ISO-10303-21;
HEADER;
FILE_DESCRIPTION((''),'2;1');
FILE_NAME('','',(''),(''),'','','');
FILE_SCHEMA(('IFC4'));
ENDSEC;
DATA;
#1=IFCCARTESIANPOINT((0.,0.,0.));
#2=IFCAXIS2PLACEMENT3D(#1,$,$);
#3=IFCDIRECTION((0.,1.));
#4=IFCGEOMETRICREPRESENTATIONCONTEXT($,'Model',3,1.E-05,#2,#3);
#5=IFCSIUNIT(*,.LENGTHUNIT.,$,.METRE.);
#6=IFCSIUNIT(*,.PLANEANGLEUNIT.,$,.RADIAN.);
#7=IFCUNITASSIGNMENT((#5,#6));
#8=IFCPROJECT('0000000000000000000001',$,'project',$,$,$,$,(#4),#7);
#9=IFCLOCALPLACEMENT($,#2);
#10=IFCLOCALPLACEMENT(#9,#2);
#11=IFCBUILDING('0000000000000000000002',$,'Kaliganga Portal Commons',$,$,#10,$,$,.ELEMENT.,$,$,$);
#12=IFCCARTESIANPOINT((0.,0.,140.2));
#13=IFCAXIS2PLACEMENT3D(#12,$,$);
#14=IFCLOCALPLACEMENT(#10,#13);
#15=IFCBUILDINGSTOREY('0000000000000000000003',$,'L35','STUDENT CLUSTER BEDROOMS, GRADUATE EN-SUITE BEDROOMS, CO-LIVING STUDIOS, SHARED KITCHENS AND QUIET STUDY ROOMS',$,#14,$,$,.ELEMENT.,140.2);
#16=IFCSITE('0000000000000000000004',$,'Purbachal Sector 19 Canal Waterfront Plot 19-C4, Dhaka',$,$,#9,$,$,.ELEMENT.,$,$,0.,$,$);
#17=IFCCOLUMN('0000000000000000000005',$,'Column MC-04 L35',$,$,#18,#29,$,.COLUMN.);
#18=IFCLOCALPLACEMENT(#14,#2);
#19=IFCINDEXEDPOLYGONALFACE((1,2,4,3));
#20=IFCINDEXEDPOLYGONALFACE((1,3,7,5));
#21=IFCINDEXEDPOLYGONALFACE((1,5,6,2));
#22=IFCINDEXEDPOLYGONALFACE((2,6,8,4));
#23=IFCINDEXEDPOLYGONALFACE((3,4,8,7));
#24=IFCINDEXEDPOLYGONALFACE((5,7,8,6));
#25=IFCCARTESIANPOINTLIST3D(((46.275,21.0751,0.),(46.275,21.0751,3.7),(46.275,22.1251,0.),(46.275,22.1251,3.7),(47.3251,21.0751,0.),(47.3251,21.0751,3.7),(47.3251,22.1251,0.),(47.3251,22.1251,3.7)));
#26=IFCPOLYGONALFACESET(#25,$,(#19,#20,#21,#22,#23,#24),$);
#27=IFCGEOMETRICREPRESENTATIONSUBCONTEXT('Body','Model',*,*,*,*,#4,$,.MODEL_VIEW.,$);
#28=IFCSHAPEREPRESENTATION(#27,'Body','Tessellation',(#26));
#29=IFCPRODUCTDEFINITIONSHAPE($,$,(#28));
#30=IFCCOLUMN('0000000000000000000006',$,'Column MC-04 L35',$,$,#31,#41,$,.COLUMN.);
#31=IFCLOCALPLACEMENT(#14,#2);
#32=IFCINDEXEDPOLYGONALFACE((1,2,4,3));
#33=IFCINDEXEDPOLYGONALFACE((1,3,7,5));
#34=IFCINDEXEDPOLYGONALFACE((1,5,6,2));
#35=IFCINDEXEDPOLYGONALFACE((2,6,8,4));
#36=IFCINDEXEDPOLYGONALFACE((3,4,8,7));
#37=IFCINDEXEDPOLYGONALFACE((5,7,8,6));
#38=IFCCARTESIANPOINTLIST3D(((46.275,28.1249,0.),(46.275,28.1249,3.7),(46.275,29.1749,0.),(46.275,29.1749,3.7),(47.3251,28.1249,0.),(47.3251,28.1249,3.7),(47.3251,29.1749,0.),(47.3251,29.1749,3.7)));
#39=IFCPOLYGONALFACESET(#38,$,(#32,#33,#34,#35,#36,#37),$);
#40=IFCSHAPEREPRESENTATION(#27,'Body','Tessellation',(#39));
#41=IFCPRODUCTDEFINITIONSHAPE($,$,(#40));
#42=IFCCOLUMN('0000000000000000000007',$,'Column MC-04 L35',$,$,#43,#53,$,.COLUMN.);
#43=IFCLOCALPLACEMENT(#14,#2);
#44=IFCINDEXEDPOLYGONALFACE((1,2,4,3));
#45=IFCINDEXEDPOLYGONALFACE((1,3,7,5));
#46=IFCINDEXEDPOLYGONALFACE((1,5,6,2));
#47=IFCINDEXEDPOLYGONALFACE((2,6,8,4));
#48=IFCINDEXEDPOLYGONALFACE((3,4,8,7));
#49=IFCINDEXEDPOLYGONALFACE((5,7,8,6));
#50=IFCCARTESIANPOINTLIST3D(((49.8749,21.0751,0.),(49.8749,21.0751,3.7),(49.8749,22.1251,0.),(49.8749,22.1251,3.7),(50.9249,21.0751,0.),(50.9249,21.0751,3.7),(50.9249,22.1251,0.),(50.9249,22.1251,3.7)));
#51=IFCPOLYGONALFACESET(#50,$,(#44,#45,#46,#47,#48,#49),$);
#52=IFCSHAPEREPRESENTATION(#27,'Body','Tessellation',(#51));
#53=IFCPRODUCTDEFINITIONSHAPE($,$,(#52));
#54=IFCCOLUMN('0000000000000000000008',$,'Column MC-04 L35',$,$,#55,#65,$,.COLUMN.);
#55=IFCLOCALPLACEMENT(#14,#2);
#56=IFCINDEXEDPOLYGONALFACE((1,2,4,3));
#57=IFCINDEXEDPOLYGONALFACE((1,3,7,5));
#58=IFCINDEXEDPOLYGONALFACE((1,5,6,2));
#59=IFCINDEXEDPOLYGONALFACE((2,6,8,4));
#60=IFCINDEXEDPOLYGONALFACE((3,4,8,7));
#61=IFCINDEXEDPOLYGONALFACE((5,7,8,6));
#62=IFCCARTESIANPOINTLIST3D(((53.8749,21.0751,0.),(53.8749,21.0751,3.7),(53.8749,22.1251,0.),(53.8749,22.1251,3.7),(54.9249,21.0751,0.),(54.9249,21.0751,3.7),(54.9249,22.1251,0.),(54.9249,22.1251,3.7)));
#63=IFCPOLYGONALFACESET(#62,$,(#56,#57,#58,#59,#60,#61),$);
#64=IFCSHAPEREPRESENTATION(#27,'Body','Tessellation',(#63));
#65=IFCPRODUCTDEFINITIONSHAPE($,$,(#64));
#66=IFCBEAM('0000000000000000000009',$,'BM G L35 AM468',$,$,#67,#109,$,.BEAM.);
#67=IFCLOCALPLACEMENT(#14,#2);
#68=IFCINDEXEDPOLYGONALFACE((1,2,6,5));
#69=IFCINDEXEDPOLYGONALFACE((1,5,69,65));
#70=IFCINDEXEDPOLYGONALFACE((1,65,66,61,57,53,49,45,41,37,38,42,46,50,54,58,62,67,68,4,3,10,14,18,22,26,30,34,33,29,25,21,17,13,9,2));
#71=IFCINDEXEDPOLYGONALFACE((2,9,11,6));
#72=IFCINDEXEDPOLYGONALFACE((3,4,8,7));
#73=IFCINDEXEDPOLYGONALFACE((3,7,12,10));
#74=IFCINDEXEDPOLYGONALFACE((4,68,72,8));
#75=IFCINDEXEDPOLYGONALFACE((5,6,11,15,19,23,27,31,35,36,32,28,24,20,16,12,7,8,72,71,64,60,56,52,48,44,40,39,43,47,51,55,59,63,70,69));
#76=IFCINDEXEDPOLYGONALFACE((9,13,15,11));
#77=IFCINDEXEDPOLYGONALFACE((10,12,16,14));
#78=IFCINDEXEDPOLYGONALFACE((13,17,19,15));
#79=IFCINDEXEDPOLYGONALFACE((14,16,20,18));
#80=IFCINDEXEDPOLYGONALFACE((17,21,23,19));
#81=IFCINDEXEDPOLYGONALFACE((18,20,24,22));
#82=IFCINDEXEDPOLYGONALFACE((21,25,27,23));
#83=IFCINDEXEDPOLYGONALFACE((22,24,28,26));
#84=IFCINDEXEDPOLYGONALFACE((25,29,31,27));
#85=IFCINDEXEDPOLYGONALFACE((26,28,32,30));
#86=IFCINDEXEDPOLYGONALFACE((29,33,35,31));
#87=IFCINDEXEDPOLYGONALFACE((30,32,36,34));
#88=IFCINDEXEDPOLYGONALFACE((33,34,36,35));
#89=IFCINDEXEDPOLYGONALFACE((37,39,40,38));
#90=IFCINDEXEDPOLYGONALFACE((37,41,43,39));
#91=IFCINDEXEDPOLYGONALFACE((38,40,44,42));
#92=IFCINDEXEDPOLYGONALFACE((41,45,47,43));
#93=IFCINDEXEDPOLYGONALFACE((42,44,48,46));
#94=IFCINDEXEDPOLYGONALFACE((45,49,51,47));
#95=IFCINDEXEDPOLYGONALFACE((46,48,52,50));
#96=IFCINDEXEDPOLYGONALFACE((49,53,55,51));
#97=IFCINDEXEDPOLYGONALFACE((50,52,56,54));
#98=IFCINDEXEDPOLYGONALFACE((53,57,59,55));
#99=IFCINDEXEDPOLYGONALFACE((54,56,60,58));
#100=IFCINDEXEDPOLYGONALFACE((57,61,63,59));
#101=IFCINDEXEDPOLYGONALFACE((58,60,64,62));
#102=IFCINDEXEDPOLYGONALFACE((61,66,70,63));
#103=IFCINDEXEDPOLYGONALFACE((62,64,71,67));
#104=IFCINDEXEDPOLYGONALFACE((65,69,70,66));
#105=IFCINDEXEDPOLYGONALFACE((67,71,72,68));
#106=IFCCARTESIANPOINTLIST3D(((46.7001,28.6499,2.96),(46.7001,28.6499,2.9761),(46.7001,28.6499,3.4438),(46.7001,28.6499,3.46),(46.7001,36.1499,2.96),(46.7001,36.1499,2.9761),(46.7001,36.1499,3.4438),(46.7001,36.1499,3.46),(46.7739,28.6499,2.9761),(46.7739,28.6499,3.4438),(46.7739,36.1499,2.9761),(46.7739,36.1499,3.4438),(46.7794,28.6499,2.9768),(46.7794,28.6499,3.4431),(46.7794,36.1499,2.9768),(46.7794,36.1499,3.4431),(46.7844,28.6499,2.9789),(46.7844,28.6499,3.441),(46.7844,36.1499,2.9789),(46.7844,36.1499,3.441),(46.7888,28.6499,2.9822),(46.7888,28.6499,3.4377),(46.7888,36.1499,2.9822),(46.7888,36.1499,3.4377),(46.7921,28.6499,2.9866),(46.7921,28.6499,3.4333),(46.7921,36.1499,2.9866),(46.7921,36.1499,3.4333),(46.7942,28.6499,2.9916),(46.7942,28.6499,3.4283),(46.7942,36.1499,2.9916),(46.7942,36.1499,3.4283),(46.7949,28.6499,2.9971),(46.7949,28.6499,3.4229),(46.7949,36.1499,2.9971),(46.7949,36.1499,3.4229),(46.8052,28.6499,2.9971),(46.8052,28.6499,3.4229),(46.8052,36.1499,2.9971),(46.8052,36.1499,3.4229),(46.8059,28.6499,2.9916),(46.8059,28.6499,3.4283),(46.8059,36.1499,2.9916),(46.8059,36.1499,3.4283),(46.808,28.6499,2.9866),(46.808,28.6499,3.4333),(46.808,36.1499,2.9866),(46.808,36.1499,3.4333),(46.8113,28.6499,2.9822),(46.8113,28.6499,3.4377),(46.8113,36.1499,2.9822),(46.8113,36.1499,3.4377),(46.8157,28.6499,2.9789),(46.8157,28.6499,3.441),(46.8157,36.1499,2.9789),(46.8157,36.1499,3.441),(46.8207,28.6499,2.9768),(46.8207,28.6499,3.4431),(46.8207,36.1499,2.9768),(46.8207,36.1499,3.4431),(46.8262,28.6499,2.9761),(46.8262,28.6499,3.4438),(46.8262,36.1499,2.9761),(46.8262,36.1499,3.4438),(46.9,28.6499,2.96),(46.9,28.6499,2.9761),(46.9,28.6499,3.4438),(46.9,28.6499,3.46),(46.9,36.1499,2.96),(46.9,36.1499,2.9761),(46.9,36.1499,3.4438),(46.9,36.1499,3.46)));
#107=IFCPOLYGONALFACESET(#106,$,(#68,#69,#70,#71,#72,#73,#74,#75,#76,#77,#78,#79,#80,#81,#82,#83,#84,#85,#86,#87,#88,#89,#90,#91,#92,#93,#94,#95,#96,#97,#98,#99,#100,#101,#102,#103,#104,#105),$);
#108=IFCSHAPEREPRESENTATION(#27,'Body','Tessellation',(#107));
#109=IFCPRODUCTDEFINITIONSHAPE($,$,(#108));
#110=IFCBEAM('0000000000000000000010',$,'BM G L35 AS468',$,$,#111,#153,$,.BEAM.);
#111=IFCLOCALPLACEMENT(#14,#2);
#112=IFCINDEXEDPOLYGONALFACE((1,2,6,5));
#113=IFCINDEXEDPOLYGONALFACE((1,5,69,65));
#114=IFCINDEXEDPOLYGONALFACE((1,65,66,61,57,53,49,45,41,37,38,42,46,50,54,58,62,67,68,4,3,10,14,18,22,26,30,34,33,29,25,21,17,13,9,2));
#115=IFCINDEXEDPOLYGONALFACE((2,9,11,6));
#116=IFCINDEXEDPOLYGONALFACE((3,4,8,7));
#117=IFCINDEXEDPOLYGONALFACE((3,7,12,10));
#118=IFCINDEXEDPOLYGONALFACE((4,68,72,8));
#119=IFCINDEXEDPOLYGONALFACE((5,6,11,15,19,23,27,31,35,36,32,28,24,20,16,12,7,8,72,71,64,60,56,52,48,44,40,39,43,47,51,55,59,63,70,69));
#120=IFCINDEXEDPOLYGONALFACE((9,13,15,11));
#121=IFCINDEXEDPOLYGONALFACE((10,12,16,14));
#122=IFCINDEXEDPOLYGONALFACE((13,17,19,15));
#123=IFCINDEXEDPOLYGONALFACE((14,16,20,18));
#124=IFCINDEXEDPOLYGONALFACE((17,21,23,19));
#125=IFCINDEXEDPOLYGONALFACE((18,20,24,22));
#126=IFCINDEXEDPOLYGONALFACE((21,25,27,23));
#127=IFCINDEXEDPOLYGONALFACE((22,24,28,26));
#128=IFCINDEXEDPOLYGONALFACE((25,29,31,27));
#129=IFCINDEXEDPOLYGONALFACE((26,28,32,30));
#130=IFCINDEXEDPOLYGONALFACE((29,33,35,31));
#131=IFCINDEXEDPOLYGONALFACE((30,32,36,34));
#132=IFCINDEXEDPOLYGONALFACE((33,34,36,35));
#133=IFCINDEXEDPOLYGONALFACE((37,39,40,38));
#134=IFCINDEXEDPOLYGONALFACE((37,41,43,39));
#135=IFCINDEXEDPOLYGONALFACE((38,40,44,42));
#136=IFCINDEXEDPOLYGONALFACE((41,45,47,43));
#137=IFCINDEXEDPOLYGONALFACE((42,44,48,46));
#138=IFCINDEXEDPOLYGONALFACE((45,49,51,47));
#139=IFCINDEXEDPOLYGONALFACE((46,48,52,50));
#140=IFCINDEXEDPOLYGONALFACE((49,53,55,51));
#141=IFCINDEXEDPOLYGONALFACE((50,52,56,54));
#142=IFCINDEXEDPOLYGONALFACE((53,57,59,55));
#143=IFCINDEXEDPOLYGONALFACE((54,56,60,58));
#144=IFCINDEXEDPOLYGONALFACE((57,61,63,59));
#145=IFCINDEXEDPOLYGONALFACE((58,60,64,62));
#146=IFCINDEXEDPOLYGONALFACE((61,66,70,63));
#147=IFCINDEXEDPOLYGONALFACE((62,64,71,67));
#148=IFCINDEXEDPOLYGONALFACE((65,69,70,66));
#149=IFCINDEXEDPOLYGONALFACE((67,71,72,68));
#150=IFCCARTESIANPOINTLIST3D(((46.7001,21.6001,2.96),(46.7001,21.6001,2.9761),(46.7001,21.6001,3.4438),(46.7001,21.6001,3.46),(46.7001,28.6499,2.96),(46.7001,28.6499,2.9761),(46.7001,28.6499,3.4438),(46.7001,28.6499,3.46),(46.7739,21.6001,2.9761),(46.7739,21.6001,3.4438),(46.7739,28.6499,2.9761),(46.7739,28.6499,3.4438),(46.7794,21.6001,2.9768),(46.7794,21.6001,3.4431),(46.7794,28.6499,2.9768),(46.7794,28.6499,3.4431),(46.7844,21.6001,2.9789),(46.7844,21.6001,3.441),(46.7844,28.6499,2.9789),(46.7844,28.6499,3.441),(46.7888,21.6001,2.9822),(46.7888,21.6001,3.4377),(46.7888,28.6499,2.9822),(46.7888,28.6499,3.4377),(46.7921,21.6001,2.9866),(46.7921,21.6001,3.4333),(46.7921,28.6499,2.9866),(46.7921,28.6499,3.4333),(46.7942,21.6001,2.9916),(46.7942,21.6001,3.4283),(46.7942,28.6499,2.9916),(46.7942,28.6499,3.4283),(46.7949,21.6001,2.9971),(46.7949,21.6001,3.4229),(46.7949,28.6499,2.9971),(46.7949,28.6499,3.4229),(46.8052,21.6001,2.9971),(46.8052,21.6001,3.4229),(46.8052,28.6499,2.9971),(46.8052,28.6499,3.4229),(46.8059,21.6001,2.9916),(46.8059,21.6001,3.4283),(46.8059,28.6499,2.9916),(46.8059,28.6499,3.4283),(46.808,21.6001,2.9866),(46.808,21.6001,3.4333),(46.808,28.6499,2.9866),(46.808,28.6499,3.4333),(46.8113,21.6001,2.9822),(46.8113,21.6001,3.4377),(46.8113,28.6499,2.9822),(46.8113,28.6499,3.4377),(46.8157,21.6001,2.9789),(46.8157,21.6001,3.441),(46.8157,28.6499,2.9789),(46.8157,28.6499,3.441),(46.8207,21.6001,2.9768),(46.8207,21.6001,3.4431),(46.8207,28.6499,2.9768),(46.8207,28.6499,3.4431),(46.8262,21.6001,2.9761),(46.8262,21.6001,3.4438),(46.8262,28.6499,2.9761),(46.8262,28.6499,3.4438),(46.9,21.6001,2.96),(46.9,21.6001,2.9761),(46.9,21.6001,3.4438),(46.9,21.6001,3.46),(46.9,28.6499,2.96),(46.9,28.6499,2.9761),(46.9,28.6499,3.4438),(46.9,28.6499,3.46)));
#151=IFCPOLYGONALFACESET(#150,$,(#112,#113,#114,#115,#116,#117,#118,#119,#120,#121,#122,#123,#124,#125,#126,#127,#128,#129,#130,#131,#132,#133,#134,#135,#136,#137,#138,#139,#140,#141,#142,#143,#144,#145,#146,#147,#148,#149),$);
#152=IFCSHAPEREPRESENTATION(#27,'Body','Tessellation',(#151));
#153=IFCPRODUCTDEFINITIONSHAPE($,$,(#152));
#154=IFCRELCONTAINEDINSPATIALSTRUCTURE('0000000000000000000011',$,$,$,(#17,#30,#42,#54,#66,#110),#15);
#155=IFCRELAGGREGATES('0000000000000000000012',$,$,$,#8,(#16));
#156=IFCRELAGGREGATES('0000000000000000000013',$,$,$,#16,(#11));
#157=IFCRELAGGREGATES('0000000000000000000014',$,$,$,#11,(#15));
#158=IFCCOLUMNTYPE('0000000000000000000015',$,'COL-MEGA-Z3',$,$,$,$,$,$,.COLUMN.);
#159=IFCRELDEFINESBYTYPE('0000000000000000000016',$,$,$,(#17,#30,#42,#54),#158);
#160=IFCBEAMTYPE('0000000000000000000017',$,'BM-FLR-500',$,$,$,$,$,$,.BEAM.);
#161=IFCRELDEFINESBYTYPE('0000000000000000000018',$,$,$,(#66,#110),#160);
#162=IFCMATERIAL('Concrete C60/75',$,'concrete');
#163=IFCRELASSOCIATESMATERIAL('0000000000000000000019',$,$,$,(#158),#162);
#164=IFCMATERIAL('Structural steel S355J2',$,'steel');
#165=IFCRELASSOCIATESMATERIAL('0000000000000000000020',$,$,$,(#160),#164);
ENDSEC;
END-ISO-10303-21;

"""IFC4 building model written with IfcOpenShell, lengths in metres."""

from ifc_helpers import new_model, si_unit, direction, frame, origin, origin_2d, place, context, subcontext, project, spatial, rectangle, i_section, extrude, source, transform, mapped, material, material_profile, profile_set, type_object, element, save


model = new_model("IFC4")

# Units and contexts
model_context = context("Model", 3, precision=1e-05, world=origin(), true_north=direction((0.0, 1.0)))
body_context = subcontext(model_context, "Body", "Model", "MODEL_VIEW")
ifc_project = project(units=[si_unit("LENGTHUNIT", "METRE"), si_unit("PLANEANGLEUNIT", "RADIAN")], contexts=[model_context])

# Site, building, storey
site_placement = place(None, origin())
site = spatial("IfcSite", under=ifc_project, at=site_placement, Name="Purbachal Sector 19 Canal Waterfront Plot 19-C4, Dhaka", CompositionType="ELEMENT", RefElevation=0.0)
building_placement = place(site_placement, origin())
building = spatial("IfcBuilding", under=site, at=building_placement, Name="Kaliganga Portal Commons", CompositionType="ELEMENT")
storey_placement = place(building_placement, frame((0.0, 0.0, 140.2)))
storey = spatial("IfcBuildingStorey", under=building, at=storey_placement, Name="L35", Description="STUDENT CLUSTER BEDROOMS, GRADUATE EN-SUITE BEDROOMS, CO-LIVING STUDIOS, SHARED KITCHENS AND QUIET STUDY ROOMS", CompositionType="ELEMENT", Elevation=140.2)

# Columns
ifc_material_1 = material(Name="Concrete C60/75", Category="concrete")
ifc_material_profile_1 = material_profile(ifc_material_1, rectangle(XDim=1.05, YDim=1.05, at=origin_2d()), Name="RC 1050x1050")
ifc_profile_set_1 = profile_set([ifc_material_profile_1], Name="Concrete C60/75")
column_type = type_object("IfcColumnType", Name="COL-MEGA-Z3", PredefinedType="COLUMN", material=ifc_profile_set_1)
shared_shape_1 = source(origin(), body_context, "Body", "SweptSolid", [
    extrude(rectangle(XDim=1.05, YDim=1.05, at=origin_2d()), origin(), (0.0, 0.0, 1.0), 3.7),
])
for number, where, z_axis, x_axis, name in (
    (1, (46.8, 21.6001, 0.0), (0.0, 0.0, 1.0), (1.0, 0.0, 0.0), "Column MC-04 L35"),
    (2, (46.8, 28.6499, 0.0), (0.0, 0.0, 1.0), (1.0, 0.0, 0.0), "Column MC-04 L35"),
    (3, (50.3999, 21.6001, 0.0), (0.0, 0.0, 1.0), (1.0, 0.0, 0.0), "Column MC-04 L35"),
    (4, (54.3999, 21.6001, 0.0), (0.0, 0.0, 1.0), (1.0, 0.0, 0.0), "Column MC-04 L35"),
):
    element("IfcColumn", number, at=place(storey_placement, frame(where, z_axis=z_axis, x_axis=x_axis)), inside=storey, type_object=column_type, Name=name, PredefinedType="COLUMN", context=body_context, shape_type="MappedRepresentation", body=[
        mapped(shared_shape_1, transform((0.0, 0.0, 0.0), x_axis=(1.0, 0.0, 0.0), y_axis=(0.0, 1.0, 0.0), z_axis=(0.0, 0.0, 1.0), scale=1.0)),
    ])

# Beams
ifc_material_2 = material(Name="Structural steel S355J2", Category="steel")
ifc_material_profile_2 = material_profile(ifc_material_2, i_section(OverallWidth=0.2, OverallDepth=0.5, WebThickness=0.0103, FlangeThickness=0.0161, FilletRadius=0.021, at=origin_2d()), Name="IPE 500")
ifc_profile_set_2 = profile_set([ifc_material_profile_2], Name="Structural steel S355J2 wide-flange")
beam_type_1 = type_object("IfcBeamType", Name="BM-FLR-500", PredefinedType="BEAM", material=ifc_profile_set_2)
shared_shape_2 = source(origin(), body_context, "Body", "SweptSolid", [
    extrude(i_section(OverallWidth=0.2, OverallDepth=0.5, WebThickness=0.0103, FlangeThickness=0.0161, FilletRadius=0.021, at=origin_2d()), origin(), (0.0, 0.0, 1.0), 7.5),
])
beam_1_placement = place(storey_placement, frame((46.8, 28.6499, 3.21), z_axis=(0.0, 1.0, 0.0), x_axis=(-1.0, 0.0, 0.0)))
element("IfcBeam", 5, at=beam_1_placement, inside=storey, type_object=beam_type_1, Name="BM G L35 AM468", PredefinedType="BEAM", context=body_context, shape_type="MappedRepresentation", body=[
    mapped(shared_shape_2, transform((0.0, 0.0, 0.0), x_axis=(1.0, 0.0, 0.0), y_axis=(0.0, 1.0, 0.0), z_axis=(0.0, 0.0, 1.0), scale=1.0)),
])
shared_shape_3 = source(origin(), body_context, "Body", "SweptSolid", [
    extrude(i_section(OverallWidth=0.2, OverallDepth=0.5, WebThickness=0.0103, FlangeThickness=0.0161, FilletRadius=0.021, at=origin_2d()), origin(), (0.0, 0.0, 1.0), 7.0498),
])
beam_2_placement = place(storey_placement, frame((46.8, 21.6001, 3.21), z_axis=(0.0, 1.0, 0.0), x_axis=(-1.0, 0.0, 0.0)))
element("IfcBeam", 6, at=beam_2_placement, inside=storey, type_object=beam_type_1, Name="BM G L35 AS468", PredefinedType="BEAM", context=body_context, shape_type="MappedRepresentation", body=[
    mapped(shared_shape_3, transform((0.0, 0.0, 0.0), x_axis=(1.0, 0.0, 0.0), y_axis=(0.0, 1.0, 0.0), z_axis=(0.0, 0.0, 1.0), scale=1.0)),
])

save(model, "model.ifc")
